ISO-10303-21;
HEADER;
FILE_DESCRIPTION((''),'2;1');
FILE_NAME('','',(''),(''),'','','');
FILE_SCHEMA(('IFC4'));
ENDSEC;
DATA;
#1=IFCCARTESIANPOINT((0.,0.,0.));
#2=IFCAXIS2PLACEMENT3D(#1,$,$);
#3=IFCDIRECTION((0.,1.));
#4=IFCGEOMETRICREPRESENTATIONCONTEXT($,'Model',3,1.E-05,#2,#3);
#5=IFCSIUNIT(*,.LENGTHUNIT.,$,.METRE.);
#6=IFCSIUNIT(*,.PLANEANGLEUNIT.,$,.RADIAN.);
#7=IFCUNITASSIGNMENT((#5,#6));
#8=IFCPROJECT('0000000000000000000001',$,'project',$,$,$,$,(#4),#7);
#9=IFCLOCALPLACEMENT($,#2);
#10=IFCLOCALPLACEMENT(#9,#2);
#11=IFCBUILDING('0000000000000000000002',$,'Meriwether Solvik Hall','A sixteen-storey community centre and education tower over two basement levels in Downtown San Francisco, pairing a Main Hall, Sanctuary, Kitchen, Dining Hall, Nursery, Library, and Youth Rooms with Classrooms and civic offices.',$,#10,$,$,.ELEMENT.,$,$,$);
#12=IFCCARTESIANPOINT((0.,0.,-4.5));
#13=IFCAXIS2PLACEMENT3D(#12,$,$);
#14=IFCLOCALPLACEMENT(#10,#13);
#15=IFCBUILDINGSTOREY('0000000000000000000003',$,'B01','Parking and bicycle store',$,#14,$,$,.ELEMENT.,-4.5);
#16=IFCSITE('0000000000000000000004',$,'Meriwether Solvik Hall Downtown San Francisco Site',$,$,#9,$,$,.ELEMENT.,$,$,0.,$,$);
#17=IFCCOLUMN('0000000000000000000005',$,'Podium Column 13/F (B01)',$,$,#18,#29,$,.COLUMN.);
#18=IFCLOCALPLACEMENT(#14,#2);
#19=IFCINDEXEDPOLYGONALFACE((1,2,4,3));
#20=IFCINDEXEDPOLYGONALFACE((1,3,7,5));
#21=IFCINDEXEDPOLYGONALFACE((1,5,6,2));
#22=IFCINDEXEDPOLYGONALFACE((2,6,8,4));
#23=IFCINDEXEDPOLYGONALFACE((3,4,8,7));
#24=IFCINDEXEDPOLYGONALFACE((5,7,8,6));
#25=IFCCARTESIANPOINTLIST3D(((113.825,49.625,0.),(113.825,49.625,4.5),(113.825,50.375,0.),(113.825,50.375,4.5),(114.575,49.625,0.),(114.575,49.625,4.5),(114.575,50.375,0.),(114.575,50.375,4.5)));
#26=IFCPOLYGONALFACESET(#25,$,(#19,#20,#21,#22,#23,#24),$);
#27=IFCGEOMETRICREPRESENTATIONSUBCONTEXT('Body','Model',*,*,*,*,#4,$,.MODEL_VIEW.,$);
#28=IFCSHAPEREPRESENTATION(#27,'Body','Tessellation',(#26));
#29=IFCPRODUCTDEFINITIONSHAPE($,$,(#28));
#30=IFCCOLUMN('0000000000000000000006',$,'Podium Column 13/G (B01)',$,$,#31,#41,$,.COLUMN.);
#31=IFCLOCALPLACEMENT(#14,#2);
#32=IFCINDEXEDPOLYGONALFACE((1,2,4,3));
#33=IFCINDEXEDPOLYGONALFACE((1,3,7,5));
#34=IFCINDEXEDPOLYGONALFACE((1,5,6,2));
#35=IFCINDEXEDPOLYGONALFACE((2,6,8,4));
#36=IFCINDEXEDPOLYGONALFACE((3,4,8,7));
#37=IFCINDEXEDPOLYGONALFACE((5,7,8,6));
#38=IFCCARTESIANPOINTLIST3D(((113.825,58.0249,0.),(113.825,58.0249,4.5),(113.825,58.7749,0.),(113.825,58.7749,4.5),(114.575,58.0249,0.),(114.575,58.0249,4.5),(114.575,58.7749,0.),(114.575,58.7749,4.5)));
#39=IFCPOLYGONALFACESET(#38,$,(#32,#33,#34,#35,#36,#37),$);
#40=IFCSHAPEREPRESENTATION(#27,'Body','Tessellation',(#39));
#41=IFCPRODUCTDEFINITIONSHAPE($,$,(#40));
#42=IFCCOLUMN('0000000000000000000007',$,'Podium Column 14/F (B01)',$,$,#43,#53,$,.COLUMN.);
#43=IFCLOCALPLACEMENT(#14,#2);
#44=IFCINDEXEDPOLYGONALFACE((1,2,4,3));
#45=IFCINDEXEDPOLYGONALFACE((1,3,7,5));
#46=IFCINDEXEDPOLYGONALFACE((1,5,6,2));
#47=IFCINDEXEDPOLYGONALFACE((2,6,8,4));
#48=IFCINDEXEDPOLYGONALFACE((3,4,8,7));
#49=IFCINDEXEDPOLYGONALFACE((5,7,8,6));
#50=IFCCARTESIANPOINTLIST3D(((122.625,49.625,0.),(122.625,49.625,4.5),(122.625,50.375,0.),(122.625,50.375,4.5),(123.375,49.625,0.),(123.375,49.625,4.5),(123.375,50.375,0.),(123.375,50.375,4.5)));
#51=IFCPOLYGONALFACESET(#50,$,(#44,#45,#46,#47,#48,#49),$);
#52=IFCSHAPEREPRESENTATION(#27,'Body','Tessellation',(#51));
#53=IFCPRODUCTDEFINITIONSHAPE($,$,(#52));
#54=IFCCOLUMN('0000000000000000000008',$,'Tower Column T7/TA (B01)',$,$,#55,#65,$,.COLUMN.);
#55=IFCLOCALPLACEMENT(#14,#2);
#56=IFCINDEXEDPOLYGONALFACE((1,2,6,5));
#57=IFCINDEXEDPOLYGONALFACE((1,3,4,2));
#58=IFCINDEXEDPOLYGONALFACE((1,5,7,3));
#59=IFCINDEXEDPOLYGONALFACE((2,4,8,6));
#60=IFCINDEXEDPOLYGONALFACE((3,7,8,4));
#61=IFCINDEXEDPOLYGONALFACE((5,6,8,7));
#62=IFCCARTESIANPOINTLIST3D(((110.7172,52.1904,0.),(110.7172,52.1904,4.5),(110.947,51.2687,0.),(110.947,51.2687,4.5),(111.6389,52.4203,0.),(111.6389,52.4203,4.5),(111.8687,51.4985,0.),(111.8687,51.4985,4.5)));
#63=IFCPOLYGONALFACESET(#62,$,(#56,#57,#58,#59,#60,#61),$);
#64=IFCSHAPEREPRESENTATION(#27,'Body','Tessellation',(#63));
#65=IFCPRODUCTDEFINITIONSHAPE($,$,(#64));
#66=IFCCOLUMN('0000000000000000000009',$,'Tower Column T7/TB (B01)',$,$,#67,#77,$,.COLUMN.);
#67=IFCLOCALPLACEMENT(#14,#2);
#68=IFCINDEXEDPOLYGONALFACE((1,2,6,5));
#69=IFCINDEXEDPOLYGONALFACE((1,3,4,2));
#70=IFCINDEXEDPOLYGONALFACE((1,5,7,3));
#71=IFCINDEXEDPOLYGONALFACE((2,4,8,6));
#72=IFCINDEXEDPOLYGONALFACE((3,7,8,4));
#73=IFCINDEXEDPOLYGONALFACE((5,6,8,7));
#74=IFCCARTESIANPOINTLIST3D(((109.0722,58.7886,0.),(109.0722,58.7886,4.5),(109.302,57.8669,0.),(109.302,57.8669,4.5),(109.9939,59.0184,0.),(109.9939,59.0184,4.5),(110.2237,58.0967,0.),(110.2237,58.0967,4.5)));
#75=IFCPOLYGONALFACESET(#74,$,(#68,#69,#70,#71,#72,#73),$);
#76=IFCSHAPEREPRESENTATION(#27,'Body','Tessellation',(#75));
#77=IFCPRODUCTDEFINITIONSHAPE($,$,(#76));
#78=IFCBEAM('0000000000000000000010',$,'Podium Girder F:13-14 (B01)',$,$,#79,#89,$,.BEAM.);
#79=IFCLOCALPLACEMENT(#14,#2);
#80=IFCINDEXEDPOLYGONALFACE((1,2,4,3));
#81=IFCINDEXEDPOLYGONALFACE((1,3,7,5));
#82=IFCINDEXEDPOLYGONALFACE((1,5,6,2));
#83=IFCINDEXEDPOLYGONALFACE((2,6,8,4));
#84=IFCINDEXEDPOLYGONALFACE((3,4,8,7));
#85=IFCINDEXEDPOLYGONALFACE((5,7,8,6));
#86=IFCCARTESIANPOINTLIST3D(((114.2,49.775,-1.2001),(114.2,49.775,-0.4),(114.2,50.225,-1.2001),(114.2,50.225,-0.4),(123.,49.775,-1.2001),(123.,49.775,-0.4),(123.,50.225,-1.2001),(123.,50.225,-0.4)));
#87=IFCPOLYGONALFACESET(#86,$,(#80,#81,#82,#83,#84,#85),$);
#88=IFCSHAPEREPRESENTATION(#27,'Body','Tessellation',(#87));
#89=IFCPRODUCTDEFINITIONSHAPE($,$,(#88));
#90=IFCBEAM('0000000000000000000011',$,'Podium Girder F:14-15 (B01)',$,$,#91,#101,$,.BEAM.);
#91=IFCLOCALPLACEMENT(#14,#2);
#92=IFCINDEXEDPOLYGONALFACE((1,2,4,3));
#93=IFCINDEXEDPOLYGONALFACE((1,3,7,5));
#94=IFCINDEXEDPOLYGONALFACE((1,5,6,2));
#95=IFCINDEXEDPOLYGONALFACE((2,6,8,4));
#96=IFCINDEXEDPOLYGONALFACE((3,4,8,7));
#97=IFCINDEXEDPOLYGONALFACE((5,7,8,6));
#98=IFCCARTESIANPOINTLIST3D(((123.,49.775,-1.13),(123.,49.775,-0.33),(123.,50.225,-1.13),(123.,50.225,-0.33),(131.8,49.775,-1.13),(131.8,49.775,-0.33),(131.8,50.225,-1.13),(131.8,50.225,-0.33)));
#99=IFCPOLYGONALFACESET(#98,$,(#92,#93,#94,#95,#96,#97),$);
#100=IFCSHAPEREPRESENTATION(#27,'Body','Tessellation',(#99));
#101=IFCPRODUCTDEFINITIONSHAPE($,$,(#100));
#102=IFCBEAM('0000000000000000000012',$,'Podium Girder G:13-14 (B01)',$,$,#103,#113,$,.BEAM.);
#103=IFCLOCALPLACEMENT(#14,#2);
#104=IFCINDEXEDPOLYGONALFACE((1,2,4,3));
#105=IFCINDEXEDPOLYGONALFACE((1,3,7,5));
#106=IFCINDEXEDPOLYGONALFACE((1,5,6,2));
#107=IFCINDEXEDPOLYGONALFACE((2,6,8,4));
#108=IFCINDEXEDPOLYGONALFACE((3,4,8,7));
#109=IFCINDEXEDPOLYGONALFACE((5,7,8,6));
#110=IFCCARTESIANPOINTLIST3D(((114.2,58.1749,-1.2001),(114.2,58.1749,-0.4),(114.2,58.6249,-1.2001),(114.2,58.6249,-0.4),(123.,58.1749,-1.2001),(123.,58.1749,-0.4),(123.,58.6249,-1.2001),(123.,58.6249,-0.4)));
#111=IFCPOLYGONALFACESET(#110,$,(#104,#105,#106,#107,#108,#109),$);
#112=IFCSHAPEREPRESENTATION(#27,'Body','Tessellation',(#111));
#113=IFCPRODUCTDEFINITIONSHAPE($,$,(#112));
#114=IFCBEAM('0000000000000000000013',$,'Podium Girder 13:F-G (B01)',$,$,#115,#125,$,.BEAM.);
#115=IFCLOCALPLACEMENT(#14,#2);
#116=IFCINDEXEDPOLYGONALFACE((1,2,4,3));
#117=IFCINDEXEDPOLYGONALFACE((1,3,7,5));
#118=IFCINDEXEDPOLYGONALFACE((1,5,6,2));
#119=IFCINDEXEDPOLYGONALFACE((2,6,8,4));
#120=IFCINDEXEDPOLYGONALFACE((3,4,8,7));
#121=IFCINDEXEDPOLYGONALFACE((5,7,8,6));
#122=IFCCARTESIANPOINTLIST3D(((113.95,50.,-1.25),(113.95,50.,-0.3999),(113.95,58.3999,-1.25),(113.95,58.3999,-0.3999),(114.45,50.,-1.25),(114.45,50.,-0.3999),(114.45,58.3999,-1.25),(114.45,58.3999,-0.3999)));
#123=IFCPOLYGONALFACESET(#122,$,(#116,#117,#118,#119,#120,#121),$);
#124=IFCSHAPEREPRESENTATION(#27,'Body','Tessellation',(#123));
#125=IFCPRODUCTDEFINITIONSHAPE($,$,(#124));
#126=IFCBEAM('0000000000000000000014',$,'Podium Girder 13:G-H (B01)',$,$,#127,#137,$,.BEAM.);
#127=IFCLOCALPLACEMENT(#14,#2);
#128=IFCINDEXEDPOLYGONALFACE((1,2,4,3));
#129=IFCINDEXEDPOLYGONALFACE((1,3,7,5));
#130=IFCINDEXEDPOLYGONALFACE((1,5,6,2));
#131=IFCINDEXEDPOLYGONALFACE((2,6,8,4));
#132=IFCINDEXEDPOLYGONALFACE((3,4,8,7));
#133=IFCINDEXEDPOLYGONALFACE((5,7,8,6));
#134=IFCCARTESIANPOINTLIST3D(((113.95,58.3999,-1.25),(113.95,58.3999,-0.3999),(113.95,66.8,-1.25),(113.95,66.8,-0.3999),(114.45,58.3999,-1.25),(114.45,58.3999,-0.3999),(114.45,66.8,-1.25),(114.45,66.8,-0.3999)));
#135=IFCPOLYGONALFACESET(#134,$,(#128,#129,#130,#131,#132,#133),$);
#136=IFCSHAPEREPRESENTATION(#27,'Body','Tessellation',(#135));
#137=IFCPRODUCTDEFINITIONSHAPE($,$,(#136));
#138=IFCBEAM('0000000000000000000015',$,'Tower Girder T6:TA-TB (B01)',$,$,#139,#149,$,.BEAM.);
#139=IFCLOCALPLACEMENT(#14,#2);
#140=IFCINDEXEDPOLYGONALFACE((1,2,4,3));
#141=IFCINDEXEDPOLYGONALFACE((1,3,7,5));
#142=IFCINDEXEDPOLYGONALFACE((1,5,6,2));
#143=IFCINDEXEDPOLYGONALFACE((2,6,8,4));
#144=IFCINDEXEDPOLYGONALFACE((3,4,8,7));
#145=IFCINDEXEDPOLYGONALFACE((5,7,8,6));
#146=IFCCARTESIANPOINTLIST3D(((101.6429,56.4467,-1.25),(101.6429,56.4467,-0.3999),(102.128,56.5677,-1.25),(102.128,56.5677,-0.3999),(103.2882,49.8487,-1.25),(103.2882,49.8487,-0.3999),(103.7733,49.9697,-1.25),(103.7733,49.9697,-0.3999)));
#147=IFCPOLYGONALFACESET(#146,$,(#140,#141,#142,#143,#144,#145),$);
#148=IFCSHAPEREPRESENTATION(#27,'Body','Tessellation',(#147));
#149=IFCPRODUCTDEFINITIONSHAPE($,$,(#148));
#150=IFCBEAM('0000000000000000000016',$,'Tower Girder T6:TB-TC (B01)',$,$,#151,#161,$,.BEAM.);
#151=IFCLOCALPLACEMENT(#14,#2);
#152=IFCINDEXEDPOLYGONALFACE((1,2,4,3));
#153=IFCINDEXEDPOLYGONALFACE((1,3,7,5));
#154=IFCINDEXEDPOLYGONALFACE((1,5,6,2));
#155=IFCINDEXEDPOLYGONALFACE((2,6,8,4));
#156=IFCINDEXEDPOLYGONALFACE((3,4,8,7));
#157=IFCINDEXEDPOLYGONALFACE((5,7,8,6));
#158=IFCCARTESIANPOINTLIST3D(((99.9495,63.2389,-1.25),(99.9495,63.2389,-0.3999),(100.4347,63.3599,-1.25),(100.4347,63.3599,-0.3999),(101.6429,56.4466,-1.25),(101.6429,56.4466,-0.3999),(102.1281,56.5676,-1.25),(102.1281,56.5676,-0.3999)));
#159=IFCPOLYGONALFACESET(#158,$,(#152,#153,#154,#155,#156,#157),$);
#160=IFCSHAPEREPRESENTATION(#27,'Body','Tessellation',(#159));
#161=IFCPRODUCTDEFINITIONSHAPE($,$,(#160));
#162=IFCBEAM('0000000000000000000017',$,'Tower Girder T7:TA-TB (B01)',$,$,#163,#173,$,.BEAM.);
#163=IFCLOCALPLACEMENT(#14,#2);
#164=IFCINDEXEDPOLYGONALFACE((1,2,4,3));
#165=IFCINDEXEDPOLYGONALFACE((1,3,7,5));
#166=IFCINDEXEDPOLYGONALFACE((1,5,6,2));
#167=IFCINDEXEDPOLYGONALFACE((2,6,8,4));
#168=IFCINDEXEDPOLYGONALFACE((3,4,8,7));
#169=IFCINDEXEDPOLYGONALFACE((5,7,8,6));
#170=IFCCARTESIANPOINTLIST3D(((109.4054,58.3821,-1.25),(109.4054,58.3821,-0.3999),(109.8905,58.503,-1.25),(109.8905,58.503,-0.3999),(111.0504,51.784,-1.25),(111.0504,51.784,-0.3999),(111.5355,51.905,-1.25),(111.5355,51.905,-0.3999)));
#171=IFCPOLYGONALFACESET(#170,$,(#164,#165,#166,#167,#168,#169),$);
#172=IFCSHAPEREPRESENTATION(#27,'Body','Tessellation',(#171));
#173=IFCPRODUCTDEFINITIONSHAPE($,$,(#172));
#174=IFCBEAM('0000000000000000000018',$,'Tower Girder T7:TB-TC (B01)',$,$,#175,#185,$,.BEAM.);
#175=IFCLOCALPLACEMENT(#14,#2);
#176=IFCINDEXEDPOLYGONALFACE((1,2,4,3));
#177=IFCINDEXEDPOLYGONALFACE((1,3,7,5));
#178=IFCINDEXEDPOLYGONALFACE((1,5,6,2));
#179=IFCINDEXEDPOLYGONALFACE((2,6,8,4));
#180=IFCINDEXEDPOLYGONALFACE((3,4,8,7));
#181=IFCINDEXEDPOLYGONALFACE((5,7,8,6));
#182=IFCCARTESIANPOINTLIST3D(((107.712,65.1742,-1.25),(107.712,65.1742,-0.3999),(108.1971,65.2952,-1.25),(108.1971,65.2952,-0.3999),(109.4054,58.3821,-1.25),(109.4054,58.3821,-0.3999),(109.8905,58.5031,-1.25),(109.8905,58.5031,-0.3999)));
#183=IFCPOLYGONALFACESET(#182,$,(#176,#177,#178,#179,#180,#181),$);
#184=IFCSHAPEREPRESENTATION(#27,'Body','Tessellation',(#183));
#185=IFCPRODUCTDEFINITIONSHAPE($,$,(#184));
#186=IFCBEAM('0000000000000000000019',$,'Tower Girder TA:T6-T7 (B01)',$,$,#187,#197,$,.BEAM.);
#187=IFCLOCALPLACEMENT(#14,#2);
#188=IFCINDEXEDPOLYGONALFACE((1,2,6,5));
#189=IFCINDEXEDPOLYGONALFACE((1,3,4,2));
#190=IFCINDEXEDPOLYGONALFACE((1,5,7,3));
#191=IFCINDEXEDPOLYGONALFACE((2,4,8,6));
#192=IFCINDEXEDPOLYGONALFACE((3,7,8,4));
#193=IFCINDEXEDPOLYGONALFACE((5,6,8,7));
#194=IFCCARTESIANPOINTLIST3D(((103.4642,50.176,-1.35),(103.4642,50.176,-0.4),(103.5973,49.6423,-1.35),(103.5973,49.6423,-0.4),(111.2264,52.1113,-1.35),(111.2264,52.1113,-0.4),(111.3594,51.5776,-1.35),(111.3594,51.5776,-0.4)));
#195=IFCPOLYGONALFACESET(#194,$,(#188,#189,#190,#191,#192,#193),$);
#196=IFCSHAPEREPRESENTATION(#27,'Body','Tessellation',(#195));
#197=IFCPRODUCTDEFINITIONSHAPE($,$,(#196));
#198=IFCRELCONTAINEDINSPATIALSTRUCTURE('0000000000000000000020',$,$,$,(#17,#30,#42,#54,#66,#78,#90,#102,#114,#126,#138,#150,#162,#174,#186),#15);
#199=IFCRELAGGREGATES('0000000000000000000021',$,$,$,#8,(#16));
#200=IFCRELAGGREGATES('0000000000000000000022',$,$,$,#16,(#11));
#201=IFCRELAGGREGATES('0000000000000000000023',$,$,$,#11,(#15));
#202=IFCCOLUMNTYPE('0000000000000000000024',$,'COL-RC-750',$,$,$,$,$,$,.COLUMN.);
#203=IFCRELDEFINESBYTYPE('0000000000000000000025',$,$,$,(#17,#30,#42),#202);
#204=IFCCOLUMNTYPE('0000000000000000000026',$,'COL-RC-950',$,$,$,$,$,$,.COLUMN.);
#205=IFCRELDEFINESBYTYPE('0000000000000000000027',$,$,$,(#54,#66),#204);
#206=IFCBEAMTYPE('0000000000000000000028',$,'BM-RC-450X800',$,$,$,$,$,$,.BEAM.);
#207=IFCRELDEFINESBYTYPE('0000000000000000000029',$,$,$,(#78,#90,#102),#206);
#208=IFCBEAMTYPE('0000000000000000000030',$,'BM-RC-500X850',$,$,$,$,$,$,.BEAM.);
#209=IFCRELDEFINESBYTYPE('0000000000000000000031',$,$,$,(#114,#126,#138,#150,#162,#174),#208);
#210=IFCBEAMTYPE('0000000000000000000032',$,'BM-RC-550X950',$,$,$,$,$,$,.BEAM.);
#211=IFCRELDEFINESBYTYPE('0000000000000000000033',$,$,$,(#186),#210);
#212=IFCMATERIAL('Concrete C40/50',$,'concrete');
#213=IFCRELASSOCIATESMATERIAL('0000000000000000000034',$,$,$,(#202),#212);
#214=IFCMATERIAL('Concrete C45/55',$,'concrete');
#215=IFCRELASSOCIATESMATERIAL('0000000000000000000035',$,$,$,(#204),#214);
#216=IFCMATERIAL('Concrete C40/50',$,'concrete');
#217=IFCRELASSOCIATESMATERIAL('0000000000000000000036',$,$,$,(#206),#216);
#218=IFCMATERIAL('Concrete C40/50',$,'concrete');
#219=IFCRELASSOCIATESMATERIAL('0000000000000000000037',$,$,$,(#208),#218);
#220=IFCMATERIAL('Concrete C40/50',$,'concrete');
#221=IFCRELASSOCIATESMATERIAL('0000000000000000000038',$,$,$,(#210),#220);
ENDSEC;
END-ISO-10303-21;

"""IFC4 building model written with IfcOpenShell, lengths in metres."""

from ifc_helpers import new_model, si_unit, direction, frame, origin, origin_2d, place, context, subcontext, project, spatial, rectangle, extrude, material, material_profile, profile_set, type_object, element, save


model = new_model("IFC4")

# Units and contexts
model_context = context("Model", 3, precision=1e-05, world=origin(), true_north=direction((0.0, 1.0)))
body_context = subcontext(model_context, "Body", "Model", "MODEL_VIEW")
ifc_project = project(units=[si_unit("LENGTHUNIT", "METRE"), si_unit("PLANEANGLEUNIT", "RADIAN")], contexts=[model_context])

# Site, building, storey
site_placement = place(None, origin())
site = spatial("IfcSite", under=ifc_project, at=site_placement, Name="Meriwether Solvik Hall Downtown San Francisco Site", CompositionType="ELEMENT", RefElevation=0.0)
building_placement = place(site_placement, origin())
building = spatial("IfcBuilding", under=site, at=building_placement, Name="Meriwether Solvik Hall", Description="A sixteen-storey community centre and education tower over two basement levels in Downtown San Francisco, pairing a Main Hall, Sanctuary, Kitchen, Dining Hall, Nursery, Library, and Youth Rooms with Classrooms and civic offices.", CompositionType="ELEMENT")
storey_placement = place(building_placement, frame((0.0, 0.0, -4.5)))
storey = spatial("IfcBuildingStorey", under=building, at=storey_placement, Name="B01", Description="Parking and bicycle store", CompositionType="ELEMENT", Elevation=-4.5)

# Columns
ifc_material_1 = material(Name="Concrete C40/50", Category="concrete")
ifc_material_profile_1 = material_profile(ifc_material_1, rectangle(XDim=0.75, YDim=0.75, at=origin_2d()), Name="RCC-750X750")
ifc_profile_set_1 = profile_set([ifc_material_profile_1], Name="Concrete C40/50")
column_type_1 = type_object("IfcColumnType", Name="COL-RC-750", PredefinedType="COLUMN", material=ifc_profile_set_1)
for number, where, z_axis, x_axis, name in (
    (1, (114.2, 50.0, 0.0), (0.0, 0.0, 1.0), (1.0, 0.0, 0.0), "Podium Column 13/F (B01)"),
    (2, (114.2, 58.3999, 0.0), (0.0, 0.0, 1.0), (1.0, 0.0, 0.0), "Podium Column 13/G (B01)"),
    (3, (123.0, 50.0, 0.0), (0.0, 0.0, 1.0), (1.0, 0.0, 0.0), "Podium Column 14/F (B01)"),
):
    element("IfcColumn", number, at=place(storey_placement, frame(where, z_axis=z_axis, x_axis=x_axis)), inside=storey, type_object=column_type_1, Name=name, PredefinedType="COLUMN", context=body_context, shape_type="SweptSolid", body=[
        extrude(rectangle(XDim=0.75, YDim=0.75, at=origin_2d()), origin(), (0.0, 0.0, 1.0), 4.5),
    ])
ifc_material_2 = material(Name="Concrete C45/55", Category="concrete")
ifc_material_profile_2 = material_profile(ifc_material_2, rectangle(XDim=0.95, YDim=0.95, at=origin_2d()), Name="RCC-950X950")
ifc_profile_set_2 = profile_set([ifc_material_profile_2], Name="Concrete C45/55")
column_type_2 = type_object("IfcColumnType", Name="COL-RC-950", PredefinedType="COLUMN", material=ifc_profile_set_2)
for number, where, z_axis, x_axis, name in (
    (4, (111.293, 51.8445, 0.0), (0.0, 0.0, 1.0), (0.970296, 0.241922, 0.0), "Tower Column T7/TA (B01)"),
    (5, (109.6479, 58.4426, 0.0), (0.0, 0.0, 1.0), (0.970296, 0.241922, 0.0), "Tower Column T7/TB (B01)"),
):
    element("IfcColumn", number, at=place(storey_placement, frame(where, z_axis=z_axis, x_axis=x_axis)), inside=storey, type_object=column_type_2, Name=name, PredefinedType="COLUMN", context=body_context, shape_type="SweptSolid", body=[
        extrude(rectangle(XDim=0.95, YDim=0.95, at=origin_2d()), origin(), (0.0, 0.0, 1.0), 4.5),
    ])

# Beams
ifc_material_3 = material(Name="Concrete C40/50", Category="concrete")
ifc_material_profile_3 = material_profile(ifc_material_3, rectangle(XDim=0.45, YDim=0.8, at=origin_2d()), Name="RCB-450X800")
ifc_profile_set_3 = profile_set([ifc_material_profile_3], Name="Concrete C40/50")
beam_type_1 = type_object("IfcBeamType", Name="BM-RC-450X800", PredefinedType="BEAM", material=ifc_profile_set_3)
for number, where, z_axis, x_axis, name in (
    (6, (114.2, 50.0, -0.8), (1.0, 0.0, 0.0), (0.0, 1.0, 0.0), "Podium Girder F:13-14 (B01)"),
    (7, (123.0, 50.0, -0.73), (1.0, 0.0, 0.0), (0.0, 1.0, 0.0), "Podium Girder F:14-15 (B01)"),
    (8, (114.2, 58.3999, -0.8), (1.0, 0.0, 0.0), (0.0, 1.0, 0.0), "Podium Girder G:13-14 (B01)"),
):
    element("IfcBeam", number, at=place(storey_placement, frame(where, z_axis=z_axis, x_axis=x_axis)), inside=storey, type_object=beam_type_1, Name=name, PredefinedType="BEAM", context=body_context, shape_type="SweptSolid", body=[
        extrude(rectangle(XDim=0.45, YDim=0.8, at=origin_2d()), origin(), (0.0, 0.0, 1.0), 8.8),
    ])
ifc_material_4 = material(Name="Concrete C40/50", Category="concrete")
ifc_material_profile_4 = material_profile(ifc_material_4, rectangle(XDim=0.5, YDim=0.8501, at=origin_2d()), Name="RCB-500X850")
ifc_profile_set_4 = profile_set([ifc_material_profile_4], Name="Concrete C40/50")
beam_type_2 = type_object("IfcBeamType", Name="BM-RC-500X850", PredefinedType="BEAM", material=ifc_profile_set_4)
beam_1_placement = place(storey_placement, frame((114.2, 50.0, -0.825), z_axis=(0.0, 1.0, 0.0), x_axis=(-1.0, 0.0, 0.0)))
element("IfcBeam", 9, at=beam_1_placement, inside=storey, type_object=beam_type_2, Name="Podium Girder 13:F-G (B01)", PredefinedType="BEAM", context=body_context, shape_type="SweptSolid", body=[
    extrude(rectangle(XDim=0.5, YDim=0.8501, at=origin_2d()), origin(), (0.0, 0.0, 1.0), 8.3999),
])
beam_2_placement = place(storey_placement, frame((114.2, 58.3999, -0.825), z_axis=(0.0, 1.0, 0.0), x_axis=(-1.0, 0.0, 0.0)))
element("IfcBeam", 10, at=beam_2_placement, inside=storey, type_object=beam_type_2, Name="Podium Girder 13:G-H (B01)", PredefinedType="BEAM", context=body_context, shape_type="SweptSolid", body=[
    extrude(rectangle(XDim=0.5, YDim=0.8501, at=origin_2d()), origin(), (0.0, 0.0, 1.0), 8.4001),
])
beam_3_placement = place(storey_placement, frame((103.5308, 49.9092, -0.825), z_axis=(-0.241953, 0.970288, 0.0), x_axis=(-0.970288, -0.241953, 0.0)))
element("IfcBeam", 11, at=beam_3_placement, inside=storey, type_object=beam_type_2, Name="Tower Girder T6:TA-TB (B01)", PredefinedType="BEAM", context=body_context, shape_type="SweptSolid", body=[
    extrude(rectangle(XDim=0.5, YDim=0.8501, at=origin_2d()), origin(), (0.0, 0.0, 1.0), 6.8),
])
beam_4_placement = place(storey_placement, frame((101.8855, 56.5071, -0.825), z_axis=(-0.241904, 0.9703, 0.0), x_axis=(-0.9703, -0.241904, 0.0)))
element("IfcBeam", 12, at=beam_4_placement, inside=storey, type_object=beam_type_2, Name="Tower Girder T6:TB-TC (B01)", PredefinedType="BEAM", context=body_context, shape_type="SweptSolid", body=[
    extrude(rectangle(XDim=0.5, YDim=0.8501, at=origin_2d()), origin(), (0.0, 0.0, 1.0), 7.0002),
])
beam_5_placement = place(storey_placement, frame((111.293, 51.8445, -0.825), z_axis=(-0.24191, 0.970299, 0.0), x_axis=(-0.970299, -0.24191, 0.0)))
element("IfcBeam", 13, at=beam_5_placement, inside=storey, type_object=beam_type_2, Name="Tower Girder T7:TA-TB (B01)", PredefinedType="BEAM", context=body_context, shape_type="SweptSolid", body=[
    extrude(rectangle(XDim=0.5, YDim=0.8501, at=origin_2d()), origin(), (0.0, 0.0, 1.0), 6.8),
])
beam_6_placement = place(storey_placement, frame((109.6479, 58.4426, -0.825), z_axis=(-0.241912, 0.970298, 0.0), x_axis=(-0.970298, -0.241912, 0.0)))
element("IfcBeam", 14, at=beam_6_placement, inside=storey, type_object=beam_type_2, Name="Tower Girder T7:TB-TC (B01)", PredefinedType="BEAM", context=body_context, shape_type="SweptSolid", body=[
    extrude(rectangle(XDim=0.5, YDim=0.8501, at=origin_2d()), origin(), (0.0, 0.0, 1.0), 7.0),
])
ifc_material_5 = material(Name="Concrete C40/50", Category="concrete")
ifc_material_profile_5 = material_profile(ifc_material_5, rectangle(XDim=0.55, YDim=0.95, at=origin_2d()), Name="RCB-550X950")
ifc_profile_set_5 = profile_set([ifc_material_profile_5], Name="Concrete C40/50")
beam_type_3 = type_object("IfcBeamType", Name="BM-RC-550X950", PredefinedType="BEAM", material=ifc_profile_set_5)
beam_7_placement = place(storey_placement, frame((103.5308, 49.9092, -0.875), z_axis=(0.970297, 0.241918, 0.0), x_axis=(-0.241918, 0.970297, 0.0)))
element("IfcBeam", 15, at=beam_7_placement, inside=storey, type_object=beam_type_3, Name="Tower Girder TA:T6-T7 (B01)", PredefinedType="BEAM", context=body_context, shape_type="SweptSolid", body=[
    extrude(rectangle(XDim=0.55, YDim=0.95, at=origin_2d()), origin(), (0.0, 0.0, 1.0), 7.9998),
])

save(model, "model.ifc")
